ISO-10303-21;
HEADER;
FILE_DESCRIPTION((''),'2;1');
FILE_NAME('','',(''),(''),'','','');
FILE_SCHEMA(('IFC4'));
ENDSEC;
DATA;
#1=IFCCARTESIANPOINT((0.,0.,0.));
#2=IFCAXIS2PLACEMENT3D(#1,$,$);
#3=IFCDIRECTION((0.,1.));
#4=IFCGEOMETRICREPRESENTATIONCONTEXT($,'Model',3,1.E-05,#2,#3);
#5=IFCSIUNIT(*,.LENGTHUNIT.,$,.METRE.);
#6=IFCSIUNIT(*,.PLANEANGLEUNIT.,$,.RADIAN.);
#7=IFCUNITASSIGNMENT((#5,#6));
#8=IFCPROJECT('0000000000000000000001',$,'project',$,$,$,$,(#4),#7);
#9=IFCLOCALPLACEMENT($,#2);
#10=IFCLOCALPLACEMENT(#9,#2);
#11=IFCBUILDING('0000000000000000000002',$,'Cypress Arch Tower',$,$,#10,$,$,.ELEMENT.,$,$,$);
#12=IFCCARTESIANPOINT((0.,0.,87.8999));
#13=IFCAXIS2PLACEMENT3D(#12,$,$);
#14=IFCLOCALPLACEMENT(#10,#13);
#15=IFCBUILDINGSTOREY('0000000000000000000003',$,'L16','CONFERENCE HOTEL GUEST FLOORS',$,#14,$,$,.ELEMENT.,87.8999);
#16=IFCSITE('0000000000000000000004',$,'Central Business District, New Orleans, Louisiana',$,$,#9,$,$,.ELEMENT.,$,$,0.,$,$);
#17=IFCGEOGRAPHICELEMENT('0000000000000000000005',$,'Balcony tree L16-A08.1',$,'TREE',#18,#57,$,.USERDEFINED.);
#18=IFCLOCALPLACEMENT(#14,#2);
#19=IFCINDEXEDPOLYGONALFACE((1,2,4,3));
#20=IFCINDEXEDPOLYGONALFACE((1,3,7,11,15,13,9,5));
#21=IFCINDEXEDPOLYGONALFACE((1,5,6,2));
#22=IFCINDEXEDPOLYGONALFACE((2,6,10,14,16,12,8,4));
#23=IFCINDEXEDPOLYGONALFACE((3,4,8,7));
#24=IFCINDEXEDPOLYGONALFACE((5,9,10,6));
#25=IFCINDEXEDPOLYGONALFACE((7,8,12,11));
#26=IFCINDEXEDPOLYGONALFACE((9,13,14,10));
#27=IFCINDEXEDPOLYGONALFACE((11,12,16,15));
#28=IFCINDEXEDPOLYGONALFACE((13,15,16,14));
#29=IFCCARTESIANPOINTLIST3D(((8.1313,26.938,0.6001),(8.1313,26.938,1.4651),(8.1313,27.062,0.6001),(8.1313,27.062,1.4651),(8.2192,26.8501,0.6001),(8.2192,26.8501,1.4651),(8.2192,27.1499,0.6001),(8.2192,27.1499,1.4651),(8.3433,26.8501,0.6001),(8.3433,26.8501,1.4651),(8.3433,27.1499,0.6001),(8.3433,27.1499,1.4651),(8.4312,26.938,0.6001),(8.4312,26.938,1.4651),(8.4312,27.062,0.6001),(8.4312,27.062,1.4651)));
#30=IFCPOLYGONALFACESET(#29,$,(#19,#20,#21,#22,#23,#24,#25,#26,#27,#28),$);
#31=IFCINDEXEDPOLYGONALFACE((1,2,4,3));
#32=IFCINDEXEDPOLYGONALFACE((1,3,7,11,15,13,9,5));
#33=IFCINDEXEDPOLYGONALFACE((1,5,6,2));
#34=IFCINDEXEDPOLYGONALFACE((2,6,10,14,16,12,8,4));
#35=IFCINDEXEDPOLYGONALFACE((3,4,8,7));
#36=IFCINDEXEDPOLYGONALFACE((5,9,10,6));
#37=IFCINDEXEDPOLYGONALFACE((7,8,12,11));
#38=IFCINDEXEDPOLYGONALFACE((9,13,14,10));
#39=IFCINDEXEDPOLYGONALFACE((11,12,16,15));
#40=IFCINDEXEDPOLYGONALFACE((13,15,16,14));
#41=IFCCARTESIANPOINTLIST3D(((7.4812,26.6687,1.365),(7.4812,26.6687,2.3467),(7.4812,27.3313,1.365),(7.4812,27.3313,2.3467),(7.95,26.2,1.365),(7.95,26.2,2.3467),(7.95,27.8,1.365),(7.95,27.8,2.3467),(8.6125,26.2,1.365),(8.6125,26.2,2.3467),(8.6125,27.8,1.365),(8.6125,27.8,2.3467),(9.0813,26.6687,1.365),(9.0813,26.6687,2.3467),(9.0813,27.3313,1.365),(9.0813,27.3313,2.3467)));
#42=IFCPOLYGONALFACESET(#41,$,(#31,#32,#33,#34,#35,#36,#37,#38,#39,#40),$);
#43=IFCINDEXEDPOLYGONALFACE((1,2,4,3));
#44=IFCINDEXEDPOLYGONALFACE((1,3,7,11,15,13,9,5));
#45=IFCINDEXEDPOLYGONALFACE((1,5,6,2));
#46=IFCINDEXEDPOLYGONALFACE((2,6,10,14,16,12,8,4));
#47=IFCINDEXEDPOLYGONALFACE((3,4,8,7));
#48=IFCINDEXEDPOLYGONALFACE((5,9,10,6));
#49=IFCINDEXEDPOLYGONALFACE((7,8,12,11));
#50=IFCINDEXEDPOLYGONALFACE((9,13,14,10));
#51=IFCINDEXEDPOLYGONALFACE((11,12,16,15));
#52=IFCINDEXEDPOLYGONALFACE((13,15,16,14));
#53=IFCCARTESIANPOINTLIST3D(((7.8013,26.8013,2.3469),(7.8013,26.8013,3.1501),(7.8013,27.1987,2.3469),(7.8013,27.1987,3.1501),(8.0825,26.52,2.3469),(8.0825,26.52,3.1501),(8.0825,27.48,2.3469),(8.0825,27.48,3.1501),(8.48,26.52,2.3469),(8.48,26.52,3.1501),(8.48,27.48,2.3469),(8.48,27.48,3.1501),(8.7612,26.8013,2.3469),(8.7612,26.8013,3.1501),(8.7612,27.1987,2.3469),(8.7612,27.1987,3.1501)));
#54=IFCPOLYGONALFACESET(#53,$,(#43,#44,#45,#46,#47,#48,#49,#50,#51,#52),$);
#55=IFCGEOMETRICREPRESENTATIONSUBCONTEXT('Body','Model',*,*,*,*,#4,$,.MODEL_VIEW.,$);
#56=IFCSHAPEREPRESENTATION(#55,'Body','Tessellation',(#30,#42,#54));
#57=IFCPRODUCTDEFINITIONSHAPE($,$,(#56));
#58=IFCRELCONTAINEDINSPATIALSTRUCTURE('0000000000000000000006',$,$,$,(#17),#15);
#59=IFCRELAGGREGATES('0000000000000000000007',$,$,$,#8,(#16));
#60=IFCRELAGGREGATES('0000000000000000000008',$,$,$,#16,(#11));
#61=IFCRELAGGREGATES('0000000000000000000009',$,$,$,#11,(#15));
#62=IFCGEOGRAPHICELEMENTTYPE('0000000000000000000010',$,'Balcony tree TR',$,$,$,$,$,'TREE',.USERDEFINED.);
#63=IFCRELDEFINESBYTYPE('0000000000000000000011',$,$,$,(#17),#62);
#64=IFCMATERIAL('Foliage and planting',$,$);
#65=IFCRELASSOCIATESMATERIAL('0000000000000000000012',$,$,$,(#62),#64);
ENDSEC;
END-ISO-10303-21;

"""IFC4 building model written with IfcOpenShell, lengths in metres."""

from ifc_helpers import new_model, si_unit, direction, frame, origin, place, context, subcontext, project, spatial, polyline, outline, extrude, material, type_object, element, save


model = new_model("IFC4")

# Units and contexts
model_context = context("Model", 3, precision=1e-05, world=origin(), true_north=direction((0.0, 1.0)))
body_context = subcontext(model_context, "Body", "Model", "MODEL_VIEW")
ifc_project = project(units=[si_unit("LENGTHUNIT", "METRE"), si_unit("PLANEANGLEUNIT", "RADIAN")], contexts=[model_context])

# Site, building, storey
site_placement = place(None, origin())
site = spatial("IfcSite", under=ifc_project, at=site_placement, Name="Central Business District, New Orleans, Louisiana", CompositionType="ELEMENT", RefElevation=0.0)
building_placement = place(site_placement, origin())
building = spatial("IfcBuilding", under=site, at=building_placement, Name="Cypress Arch Tower", CompositionType="ELEMENT")
storey_placement = place(building_placement, frame((0.0, 0.0, 87.8999)))
storey = spatial("IfcBuildingStorey", under=building, at=storey_placement, Name="L16", Description="CONFERENCE HOTEL GUEST FLOORS", CompositionType="ELEMENT", Elevation=87.8999)

# Geographic element
ifc_material_1 = material(Name="Foliage and planting")
geographic_element_type = type_object("IfcGeographicElementType", Name="Balcony tree TR", ElementType="TREE", PredefinedType="USERDEFINED", material=ifc_material_1)
geographic_element_placement = place(storey_placement, frame((8.2812, 27.0, 0.6001), z_axis=(0.0, 0.0, 1.0), x_axis=(1.0, 0.0, 0.0)))
element("IfcGeographicElement", 1, at=geographic_element_placement, inside=storey, type_object=geographic_element_type, Name="Balcony tree L16-A08.1", ObjectType="TREE", PredefinedType="USERDEFINED", context=body_context, shape_type="SweptSolid", body=[
    extrude(outline(polyline([(0.1499, 0.062), (0.062, 0.1499), (-0.062, 0.1499), (-0.1499, 0.062), (-0.1499, -0.062), (-0.062, -0.1499), (0.062, -0.1499), (0.1499, -0.062), (0.1499, 0.062)])), origin(), (0.0, 0.0, 1.0), 0.865),
    extrude(outline(polyline([(0.8, 0.3313), (0.3313, 0.8), (-0.3313, 0.8), (-0.8, 0.3313), (-0.8, -0.3313), (-0.3313, -0.8), (0.3313, -0.8), (0.8, -0.3313), (0.8, 0.3313)])), frame((0.0, 0.0, 0.7649)), (0.0, 0.0, 1.0), 0.9817),
    extrude(outline(polyline([(0.48, 0.1987), (0.1987, 0.48), (-0.1987, 0.48), (-0.48, 0.1987), (-0.48, -0.1987), (-0.1987, -0.48), (0.1987, -0.48), (0.48, -0.1987), (0.48, 0.1987)])), frame((0.0, 0.0, 1.7468)), (0.0, 0.0, 1.0), 0.8032),
])

save(model, "model.ifc")
